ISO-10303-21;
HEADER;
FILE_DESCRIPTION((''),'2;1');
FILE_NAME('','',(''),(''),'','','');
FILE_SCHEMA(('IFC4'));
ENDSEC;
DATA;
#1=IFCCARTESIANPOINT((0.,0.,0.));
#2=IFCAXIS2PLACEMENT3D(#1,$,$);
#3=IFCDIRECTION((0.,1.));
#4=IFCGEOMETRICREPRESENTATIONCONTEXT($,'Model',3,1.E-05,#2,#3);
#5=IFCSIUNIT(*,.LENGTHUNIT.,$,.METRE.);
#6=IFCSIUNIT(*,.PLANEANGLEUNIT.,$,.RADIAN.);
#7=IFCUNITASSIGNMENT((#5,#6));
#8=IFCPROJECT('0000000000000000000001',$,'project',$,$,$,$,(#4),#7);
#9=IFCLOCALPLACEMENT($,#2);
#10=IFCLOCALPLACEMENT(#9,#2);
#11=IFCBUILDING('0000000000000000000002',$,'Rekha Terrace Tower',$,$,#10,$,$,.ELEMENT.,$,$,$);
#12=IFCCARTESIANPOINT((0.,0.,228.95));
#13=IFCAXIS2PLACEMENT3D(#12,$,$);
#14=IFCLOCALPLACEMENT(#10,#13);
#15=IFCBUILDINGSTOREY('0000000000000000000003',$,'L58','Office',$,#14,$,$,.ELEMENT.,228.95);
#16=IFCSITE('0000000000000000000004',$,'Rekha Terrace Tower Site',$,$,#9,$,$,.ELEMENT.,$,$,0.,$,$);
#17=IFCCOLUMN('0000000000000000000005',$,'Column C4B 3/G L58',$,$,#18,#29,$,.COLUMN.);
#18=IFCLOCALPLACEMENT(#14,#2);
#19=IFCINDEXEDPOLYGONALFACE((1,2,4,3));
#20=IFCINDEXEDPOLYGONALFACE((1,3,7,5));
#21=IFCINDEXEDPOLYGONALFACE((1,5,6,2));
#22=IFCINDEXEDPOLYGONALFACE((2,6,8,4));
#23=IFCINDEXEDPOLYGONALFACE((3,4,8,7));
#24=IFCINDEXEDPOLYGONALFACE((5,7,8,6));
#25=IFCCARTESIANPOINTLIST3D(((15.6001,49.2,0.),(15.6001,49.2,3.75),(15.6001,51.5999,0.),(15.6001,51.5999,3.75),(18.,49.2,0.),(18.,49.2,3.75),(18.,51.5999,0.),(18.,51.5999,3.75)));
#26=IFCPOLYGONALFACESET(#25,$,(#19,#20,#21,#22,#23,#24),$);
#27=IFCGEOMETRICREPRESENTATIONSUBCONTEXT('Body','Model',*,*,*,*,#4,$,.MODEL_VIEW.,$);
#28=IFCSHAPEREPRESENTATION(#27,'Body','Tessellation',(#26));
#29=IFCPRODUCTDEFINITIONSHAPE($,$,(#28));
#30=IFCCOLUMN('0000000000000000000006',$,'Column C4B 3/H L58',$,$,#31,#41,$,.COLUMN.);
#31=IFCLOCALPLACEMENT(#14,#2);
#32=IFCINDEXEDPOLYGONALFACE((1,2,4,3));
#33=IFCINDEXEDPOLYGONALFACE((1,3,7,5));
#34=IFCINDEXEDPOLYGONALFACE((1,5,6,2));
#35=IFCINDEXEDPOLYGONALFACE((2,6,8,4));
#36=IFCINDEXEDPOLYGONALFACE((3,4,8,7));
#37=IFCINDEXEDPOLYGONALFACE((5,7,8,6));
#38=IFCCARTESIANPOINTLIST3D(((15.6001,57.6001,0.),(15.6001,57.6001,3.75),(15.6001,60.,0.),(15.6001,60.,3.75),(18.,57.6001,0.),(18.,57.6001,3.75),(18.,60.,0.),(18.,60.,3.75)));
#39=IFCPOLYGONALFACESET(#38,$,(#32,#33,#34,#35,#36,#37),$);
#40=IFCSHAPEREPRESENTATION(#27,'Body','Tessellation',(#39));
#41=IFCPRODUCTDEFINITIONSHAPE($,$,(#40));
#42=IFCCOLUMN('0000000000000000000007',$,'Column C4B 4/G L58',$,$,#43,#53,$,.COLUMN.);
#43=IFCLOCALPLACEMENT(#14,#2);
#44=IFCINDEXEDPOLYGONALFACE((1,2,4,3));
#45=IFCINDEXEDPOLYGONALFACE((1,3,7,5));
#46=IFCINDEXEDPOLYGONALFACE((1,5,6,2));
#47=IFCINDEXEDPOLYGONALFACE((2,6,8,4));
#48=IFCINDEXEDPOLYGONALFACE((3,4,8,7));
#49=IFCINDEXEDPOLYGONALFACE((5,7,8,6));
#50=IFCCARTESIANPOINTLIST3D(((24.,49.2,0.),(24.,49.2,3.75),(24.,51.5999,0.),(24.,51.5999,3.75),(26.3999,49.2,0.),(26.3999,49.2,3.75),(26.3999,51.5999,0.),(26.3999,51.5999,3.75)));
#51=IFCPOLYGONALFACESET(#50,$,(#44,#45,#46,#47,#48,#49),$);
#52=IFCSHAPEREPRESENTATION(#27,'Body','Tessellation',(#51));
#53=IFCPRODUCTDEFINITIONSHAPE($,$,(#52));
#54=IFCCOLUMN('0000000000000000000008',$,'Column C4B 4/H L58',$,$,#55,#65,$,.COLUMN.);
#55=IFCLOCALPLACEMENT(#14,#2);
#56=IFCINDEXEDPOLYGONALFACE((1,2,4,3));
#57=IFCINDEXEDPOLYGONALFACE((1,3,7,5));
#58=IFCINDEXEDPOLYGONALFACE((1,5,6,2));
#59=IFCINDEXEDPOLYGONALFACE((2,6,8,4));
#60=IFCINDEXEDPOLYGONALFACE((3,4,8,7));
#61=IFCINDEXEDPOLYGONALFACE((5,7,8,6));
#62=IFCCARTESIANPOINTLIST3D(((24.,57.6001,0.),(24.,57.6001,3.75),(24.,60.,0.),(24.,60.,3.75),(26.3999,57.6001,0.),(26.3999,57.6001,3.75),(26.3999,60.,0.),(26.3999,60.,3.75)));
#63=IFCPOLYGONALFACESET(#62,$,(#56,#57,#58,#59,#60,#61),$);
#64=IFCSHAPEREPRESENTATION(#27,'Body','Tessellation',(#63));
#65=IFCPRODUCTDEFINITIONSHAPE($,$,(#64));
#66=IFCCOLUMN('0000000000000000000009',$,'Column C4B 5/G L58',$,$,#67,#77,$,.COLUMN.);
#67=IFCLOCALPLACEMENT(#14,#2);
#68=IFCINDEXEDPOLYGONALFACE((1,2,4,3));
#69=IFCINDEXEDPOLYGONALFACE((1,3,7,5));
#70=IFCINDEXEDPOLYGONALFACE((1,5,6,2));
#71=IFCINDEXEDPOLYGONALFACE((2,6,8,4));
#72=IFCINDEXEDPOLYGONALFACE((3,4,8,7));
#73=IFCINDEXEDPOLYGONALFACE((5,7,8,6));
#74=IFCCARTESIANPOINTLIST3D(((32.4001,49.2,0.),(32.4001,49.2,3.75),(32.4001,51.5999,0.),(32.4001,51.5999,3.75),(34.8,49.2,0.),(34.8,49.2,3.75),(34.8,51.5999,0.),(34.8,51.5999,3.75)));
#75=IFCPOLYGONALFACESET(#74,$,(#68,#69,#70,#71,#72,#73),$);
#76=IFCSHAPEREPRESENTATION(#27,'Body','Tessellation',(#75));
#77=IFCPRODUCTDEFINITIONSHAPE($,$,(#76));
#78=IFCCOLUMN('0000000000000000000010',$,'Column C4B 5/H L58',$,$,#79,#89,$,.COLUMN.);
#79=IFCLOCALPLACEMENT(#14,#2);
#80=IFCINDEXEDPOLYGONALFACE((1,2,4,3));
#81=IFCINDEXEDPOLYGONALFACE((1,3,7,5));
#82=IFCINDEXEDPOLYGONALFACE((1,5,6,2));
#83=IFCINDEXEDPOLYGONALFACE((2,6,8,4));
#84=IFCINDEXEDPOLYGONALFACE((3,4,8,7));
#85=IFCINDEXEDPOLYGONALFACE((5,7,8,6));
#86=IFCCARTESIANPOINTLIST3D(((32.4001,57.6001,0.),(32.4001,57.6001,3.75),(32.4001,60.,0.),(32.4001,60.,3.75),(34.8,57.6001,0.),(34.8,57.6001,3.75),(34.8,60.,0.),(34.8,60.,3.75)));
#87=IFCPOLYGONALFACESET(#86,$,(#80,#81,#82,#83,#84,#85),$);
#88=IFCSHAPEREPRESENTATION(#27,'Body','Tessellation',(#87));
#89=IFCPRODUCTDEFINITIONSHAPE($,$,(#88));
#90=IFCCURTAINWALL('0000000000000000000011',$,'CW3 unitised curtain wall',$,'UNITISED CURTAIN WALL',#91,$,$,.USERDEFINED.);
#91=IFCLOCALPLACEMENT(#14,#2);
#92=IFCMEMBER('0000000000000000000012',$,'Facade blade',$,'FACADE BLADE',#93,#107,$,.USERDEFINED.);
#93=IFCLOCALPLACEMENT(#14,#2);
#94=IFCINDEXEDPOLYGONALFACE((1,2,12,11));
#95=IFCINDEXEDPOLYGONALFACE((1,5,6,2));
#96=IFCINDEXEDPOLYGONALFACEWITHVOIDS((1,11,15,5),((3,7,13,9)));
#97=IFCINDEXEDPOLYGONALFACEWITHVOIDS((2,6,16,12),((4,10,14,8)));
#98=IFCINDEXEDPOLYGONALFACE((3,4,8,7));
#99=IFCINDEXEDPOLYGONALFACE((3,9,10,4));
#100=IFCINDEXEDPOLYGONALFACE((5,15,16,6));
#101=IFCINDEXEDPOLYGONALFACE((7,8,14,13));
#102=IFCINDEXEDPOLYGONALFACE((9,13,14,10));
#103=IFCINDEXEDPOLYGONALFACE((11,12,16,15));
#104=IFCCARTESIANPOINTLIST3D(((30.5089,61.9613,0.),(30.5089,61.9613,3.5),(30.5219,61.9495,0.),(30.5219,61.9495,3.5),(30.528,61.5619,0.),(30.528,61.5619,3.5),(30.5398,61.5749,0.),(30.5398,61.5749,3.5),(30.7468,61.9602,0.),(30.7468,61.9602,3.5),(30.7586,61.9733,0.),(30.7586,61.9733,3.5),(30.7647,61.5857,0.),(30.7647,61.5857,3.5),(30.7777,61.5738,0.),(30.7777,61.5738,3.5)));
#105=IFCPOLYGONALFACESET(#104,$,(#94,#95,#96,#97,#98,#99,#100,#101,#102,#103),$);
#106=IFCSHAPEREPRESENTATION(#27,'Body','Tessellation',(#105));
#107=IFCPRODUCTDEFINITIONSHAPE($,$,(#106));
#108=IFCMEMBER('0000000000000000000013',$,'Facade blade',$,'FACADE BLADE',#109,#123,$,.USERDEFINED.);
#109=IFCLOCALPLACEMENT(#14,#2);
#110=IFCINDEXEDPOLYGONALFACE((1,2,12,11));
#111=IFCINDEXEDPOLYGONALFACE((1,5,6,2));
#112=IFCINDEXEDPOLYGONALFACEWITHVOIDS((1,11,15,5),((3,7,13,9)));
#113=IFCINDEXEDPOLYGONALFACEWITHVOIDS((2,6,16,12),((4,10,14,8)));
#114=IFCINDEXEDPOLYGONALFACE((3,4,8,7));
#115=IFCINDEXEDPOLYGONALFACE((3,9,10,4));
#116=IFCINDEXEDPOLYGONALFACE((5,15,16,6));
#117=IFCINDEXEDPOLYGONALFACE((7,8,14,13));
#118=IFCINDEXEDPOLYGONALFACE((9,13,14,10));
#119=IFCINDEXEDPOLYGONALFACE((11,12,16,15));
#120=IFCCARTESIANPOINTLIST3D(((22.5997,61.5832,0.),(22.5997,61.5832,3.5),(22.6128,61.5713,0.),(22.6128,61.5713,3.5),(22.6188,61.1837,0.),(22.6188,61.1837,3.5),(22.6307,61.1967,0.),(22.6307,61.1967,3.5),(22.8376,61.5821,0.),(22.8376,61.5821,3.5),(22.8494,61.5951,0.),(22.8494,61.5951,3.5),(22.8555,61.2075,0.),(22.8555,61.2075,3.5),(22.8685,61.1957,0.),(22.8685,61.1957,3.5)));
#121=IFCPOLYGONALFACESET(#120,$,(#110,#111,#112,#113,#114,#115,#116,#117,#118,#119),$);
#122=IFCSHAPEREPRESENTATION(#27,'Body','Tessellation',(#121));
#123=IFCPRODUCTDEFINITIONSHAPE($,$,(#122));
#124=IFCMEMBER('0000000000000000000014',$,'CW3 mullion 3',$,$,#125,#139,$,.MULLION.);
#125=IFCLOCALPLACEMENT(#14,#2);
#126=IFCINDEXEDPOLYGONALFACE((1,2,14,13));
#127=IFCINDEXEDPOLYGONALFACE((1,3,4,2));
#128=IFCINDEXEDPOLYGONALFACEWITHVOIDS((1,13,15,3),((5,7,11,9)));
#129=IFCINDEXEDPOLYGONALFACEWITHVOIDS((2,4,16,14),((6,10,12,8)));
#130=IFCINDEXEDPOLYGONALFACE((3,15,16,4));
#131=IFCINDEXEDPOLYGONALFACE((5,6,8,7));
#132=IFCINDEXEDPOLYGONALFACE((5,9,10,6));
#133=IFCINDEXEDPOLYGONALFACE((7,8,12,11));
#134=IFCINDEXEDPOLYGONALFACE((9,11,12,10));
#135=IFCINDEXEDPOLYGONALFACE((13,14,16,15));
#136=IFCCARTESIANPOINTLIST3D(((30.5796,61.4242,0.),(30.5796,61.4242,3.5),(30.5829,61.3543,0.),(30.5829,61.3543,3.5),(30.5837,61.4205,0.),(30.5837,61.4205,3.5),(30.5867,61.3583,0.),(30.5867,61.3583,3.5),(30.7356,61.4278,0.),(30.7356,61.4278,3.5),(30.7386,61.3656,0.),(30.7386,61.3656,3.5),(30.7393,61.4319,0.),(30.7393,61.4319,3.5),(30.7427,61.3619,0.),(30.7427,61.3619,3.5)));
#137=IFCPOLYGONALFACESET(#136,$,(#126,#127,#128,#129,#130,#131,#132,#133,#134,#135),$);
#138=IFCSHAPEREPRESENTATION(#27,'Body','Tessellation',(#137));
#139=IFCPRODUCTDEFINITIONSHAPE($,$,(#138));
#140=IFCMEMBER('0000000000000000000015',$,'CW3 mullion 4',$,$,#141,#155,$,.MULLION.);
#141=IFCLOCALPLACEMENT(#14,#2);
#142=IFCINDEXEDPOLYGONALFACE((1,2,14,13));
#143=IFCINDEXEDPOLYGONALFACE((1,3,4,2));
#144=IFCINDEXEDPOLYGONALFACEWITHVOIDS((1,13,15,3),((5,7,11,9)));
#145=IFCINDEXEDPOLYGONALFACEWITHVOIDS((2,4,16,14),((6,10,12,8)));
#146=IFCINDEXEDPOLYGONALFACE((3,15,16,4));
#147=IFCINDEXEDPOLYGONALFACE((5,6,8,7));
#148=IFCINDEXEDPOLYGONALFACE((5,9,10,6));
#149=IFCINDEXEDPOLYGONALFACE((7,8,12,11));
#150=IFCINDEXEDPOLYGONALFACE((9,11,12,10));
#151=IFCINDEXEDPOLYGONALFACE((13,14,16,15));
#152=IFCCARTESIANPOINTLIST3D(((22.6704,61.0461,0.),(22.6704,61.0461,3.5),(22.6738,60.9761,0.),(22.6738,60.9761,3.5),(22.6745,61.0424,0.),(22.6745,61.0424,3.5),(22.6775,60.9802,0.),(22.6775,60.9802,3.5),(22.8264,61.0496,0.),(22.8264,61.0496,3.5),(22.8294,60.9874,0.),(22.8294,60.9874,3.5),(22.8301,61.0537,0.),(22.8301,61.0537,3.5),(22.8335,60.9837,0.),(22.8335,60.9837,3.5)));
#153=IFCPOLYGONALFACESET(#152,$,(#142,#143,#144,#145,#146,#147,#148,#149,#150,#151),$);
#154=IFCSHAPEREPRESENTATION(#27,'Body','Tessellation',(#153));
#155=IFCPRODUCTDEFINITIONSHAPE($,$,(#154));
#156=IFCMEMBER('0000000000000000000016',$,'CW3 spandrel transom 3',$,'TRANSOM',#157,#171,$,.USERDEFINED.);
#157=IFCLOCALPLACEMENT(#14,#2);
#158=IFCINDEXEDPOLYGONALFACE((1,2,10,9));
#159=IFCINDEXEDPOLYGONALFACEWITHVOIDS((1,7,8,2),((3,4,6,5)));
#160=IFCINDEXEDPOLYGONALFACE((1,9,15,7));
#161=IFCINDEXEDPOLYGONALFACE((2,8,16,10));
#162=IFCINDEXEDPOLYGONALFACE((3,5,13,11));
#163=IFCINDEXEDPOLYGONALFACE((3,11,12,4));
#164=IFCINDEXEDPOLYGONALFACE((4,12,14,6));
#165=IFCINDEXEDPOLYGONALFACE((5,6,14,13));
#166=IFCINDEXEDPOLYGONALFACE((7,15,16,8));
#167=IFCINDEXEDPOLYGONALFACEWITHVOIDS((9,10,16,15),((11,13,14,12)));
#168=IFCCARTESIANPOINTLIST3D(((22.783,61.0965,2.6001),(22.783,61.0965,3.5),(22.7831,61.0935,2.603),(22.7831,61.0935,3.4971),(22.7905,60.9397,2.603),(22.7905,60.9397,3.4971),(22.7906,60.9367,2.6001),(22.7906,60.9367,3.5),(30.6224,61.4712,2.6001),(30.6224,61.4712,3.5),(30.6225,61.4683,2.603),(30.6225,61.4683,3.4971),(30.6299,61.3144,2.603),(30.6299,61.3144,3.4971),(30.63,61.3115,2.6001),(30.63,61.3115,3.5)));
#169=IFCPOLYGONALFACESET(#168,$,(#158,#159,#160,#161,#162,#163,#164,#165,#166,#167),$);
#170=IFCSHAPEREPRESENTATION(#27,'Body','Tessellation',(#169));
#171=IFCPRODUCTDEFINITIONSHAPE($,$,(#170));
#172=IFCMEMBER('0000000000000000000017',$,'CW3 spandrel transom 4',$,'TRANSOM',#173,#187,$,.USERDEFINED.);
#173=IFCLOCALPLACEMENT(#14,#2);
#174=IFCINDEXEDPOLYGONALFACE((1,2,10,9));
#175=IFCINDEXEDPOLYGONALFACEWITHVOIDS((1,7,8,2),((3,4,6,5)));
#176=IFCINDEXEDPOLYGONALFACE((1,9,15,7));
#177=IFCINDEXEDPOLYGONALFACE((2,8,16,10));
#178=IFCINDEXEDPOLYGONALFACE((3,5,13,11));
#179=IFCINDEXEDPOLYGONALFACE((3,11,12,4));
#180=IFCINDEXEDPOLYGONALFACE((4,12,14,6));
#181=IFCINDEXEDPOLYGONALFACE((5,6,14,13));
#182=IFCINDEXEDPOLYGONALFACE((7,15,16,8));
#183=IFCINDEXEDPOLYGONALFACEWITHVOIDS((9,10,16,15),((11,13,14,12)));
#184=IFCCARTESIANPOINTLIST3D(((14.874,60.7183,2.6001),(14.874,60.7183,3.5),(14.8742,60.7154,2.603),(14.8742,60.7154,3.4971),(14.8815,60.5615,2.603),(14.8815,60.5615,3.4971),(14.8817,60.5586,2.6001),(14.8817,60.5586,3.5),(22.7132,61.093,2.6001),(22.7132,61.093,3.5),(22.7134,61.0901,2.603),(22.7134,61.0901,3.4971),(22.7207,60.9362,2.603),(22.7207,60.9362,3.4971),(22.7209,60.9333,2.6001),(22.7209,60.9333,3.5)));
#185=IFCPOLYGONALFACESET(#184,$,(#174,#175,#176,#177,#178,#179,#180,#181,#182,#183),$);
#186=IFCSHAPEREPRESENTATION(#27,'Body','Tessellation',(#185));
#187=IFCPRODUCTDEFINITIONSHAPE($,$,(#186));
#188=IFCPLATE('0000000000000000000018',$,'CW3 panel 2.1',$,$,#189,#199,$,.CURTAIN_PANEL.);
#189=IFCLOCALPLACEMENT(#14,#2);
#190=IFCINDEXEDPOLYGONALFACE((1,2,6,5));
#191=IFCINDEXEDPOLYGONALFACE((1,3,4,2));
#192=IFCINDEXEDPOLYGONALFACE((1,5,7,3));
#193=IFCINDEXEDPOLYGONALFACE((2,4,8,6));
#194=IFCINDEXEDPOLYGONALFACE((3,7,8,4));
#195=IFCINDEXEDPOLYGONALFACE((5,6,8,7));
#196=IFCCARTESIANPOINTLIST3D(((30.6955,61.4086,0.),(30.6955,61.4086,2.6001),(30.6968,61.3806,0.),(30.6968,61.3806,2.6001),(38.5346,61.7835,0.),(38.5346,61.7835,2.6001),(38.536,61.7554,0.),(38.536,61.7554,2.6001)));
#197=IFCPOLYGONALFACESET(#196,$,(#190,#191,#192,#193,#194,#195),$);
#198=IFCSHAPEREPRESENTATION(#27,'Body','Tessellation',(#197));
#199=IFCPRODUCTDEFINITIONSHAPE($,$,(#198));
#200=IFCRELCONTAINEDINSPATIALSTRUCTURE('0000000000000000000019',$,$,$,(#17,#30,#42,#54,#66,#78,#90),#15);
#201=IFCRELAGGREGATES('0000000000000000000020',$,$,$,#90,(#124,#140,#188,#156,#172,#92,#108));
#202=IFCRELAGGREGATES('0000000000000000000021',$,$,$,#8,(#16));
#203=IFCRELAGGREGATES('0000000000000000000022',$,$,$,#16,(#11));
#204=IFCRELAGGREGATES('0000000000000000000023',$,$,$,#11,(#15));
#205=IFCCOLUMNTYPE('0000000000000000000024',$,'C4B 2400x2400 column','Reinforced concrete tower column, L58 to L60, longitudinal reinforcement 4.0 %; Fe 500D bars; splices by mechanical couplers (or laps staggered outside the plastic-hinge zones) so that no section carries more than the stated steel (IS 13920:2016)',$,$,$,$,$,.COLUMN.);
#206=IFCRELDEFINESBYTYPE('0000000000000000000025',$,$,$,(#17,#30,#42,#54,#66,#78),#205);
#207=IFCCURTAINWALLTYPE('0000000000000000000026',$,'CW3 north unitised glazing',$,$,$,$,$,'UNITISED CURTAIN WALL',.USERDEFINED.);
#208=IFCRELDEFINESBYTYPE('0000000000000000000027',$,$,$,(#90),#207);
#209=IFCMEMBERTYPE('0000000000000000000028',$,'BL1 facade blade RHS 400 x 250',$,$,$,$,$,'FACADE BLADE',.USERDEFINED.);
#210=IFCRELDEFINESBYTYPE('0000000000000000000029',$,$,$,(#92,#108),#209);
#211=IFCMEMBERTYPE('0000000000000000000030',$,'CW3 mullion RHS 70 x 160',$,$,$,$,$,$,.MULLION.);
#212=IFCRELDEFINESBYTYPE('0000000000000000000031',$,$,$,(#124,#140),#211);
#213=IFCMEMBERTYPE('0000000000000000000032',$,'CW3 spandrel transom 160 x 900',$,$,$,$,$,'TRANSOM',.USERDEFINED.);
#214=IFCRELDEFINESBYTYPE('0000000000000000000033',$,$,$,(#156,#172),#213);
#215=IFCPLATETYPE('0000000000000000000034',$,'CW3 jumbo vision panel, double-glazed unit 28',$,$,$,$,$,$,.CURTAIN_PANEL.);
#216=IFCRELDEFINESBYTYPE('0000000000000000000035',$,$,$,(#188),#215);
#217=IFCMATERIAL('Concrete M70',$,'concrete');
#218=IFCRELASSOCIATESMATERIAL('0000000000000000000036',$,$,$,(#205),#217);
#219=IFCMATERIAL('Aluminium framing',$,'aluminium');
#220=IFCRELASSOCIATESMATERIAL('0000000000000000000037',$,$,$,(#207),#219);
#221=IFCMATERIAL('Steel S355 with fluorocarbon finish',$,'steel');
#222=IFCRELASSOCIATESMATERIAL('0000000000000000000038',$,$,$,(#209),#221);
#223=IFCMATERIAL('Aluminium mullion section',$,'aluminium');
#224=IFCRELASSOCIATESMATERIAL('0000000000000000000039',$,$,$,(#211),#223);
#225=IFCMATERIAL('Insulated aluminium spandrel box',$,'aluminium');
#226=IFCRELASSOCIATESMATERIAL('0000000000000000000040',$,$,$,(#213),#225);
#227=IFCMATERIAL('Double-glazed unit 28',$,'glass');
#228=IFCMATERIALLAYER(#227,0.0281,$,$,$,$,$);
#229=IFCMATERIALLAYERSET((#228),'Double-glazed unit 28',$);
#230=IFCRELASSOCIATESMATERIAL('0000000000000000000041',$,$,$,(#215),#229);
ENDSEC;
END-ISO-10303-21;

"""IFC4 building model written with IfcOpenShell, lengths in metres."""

from ifc_helpers import new_model, si_unit, direction, frame, origin, origin_2d, place, context, subcontext, project, spatial, rectangle, hollow_rectangle, extrude, material, layer, layer_set, material_profile, profile_set, type_object, element, aggregate, save


model = new_model("IFC4")

# Units and contexts
model_context = context("Model", 3, precision=1e-05, world=origin(), true_north=direction((0.0, 1.0)))
body_context = subcontext(model_context, "Body", "Model", "MODEL_VIEW")
ifc_project = project(units=[si_unit("LENGTHUNIT", "METRE"), si_unit("PLANEANGLEUNIT", "RADIAN")], contexts=[model_context])

# Site, building, storey
site_placement = place(None, origin())
site = spatial("IfcSite", under=ifc_project, at=site_placement, Name="Rekha Terrace Tower Site", CompositionType="ELEMENT", RefElevation=0.0)
building_placement = place(site_placement, origin())
building = spatial("IfcBuilding", under=site, at=building_placement, Name="Rekha Terrace Tower", CompositionType="ELEMENT")
storey_placement = place(building_placement, frame((0.0, 0.0, 228.95)))
storey = spatial("IfcBuildingStorey", under=building, at=storey_placement, Name="L58", Description="Office", CompositionType="ELEMENT", Elevation=228.95)

# Columns
ifc_material_1 = material(Name="Concrete M70", Category="concrete")
ifc_material_profile_1 = material_profile(ifc_material_1, rectangle(XDim=2.3999, YDim=2.3999, at=origin_2d()), Name="RC 2400x2400")
ifc_profile_set_1 = profile_set([ifc_material_profile_1], Name="Concrete M70")
column_type = type_object("IfcColumnType", Name="C4B 2400x2400 column", Description="Reinforced concrete tower column, L58 to L60, longitudinal reinforcement 4.0 %; Fe 500D bars; splices by mechanical couplers (or laps staggered outside the plastic-hinge zones) so that no section carries more than the stated steel (IS 13920:2016)", PredefinedType="COLUMN", material=ifc_profile_set_1)
for number, where, z_axis, x_axis, name in (
    (1, (16.8, 50.3999, 0.0), (0.0, 0.0, 1.0), (1.0, 0.0, 0.0), "Column C4B 3/G L58"),
    (2, (16.8, 58.8, 0.0), (0.0, 0.0, 1.0), (1.0, 0.0, 0.0), "Column C4B 3/H L58"),
    (3, (25.2, 50.3999, 0.0), (0.0, 0.0, 1.0), (1.0, 0.0, 0.0), "Column C4B 4/G L58"),
    (4, (25.2, 58.8, 0.0), (0.0, 0.0, 1.0), (1.0, 0.0, 0.0), "Column C4B 4/H L58"),
    (5, (33.6001, 50.3999, 0.0), (0.0, 0.0, 1.0), (1.0, 0.0, 0.0), "Column C4B 5/G L58"),
    (6, (33.6001, 58.8, 0.0), (0.0, 0.0, 1.0), (1.0, 0.0, 0.0), "Column C4B 5/H L58"),
):
    element("IfcColumn", number, at=place(storey_placement, frame(where, z_axis=z_axis, x_axis=x_axis)), inside=storey, type_object=column_type, Name=name, PredefinedType="COLUMN", context=body_context, shape_type="SweptSolid", body=[
        extrude(rectangle(XDim=2.3999, YDim=2.3999, at=origin_2d()), origin(), (0.0, 0.0, 1.0), 3.75),
    ])

# Curtain wall, members, plate
ifc_material_2 = material(Name="Aluminium framing", Category="aluminium")
curtain_wall_type = type_object("IfcCurtainWallType", Name="CW3 north unitised glazing", ElementType="UNITISED CURTAIN WALL", PredefinedType="USERDEFINED", material=ifc_material_2)
curtain_wall_placement = place(storey_placement, origin())
curtain_wall = element("IfcCurtainWall", 7, at=curtain_wall_placement, inside=storey, type_object=curtain_wall_type, Name="CW3 unitised curtain wall", ObjectType="UNITISED CURTAIN WALL", PredefinedType="USERDEFINED")
ifc_material_3 = material(Name="Steel S355 with fluorocarbon finish", Category="steel")
ifc_material_profile_2 = material_profile(ifc_material_3, hollow_rectangle(XDim=0.25, YDim=0.3999, WallThickness=0.0125, at=origin_2d()), Name="RHS400x250x12.5")
ifc_profile_set_2 = profile_set([ifc_material_profile_2], Name="Steel S355 with fluorocarbon finish")
member_type_1 = type_object("IfcMemberType", Name="BL1 facade blade RHS 400 x 250", ElementType="FACADE BLADE", PredefinedType="USERDEFINED", material=ifc_profile_set_2)
member_1_placement = place(storey_placement, frame((30.6433, 61.7676, 0.0), z_axis=(0.0, 0.0, 1.0), x_axis=(-0.998859, -0.047758, 0.0)))
member_1 = element("IfcMember", 8, at=member_1_placement, type_object=member_type_1, Name="Facade blade", ObjectType="FACADE BLADE", PredefinedType="USERDEFINED", context=body_context, shape_type="SweptSolid", body=[
    extrude(hollow_rectangle(XDim=0.25, YDim=0.3999, WallThickness=0.0125, at=origin_2d()), origin(), (0.0, 0.0, 1.0), 3.5),
])
member_2_placement = place(storey_placement, frame((22.7341, 61.3894, 0.0), z_axis=(0.0, 0.0, 1.0), x_axis=(-0.998859, -0.047758, 0.0)))
member_2 = element("IfcMember", 9, at=member_2_placement, type_object=member_type_1, Name="Facade blade", ObjectType="FACADE BLADE", PredefinedType="USERDEFINED", context=body_context, shape_type="SweptSolid", body=[
    extrude(hollow_rectangle(XDim=0.25, YDim=0.3999, WallThickness=0.0125, at=origin_2d()), origin(), (0.0, 0.0, 1.0), 3.5),
])
ifc_material_4 = material(Name="Aluminium mullion section", Category="aluminium")
ifc_material_profile_3 = material_profile(ifc_material_4, hollow_rectangle(XDim=0.0701, YDim=0.1599, WallThickness=0.0039, at=origin_2d()), Name="AL RHS 70x160")
ifc_profile_set_3 = profile_set([ifc_material_profile_3], Name="Aluminium mullion section")
member_type_2 = type_object("IfcMemberType", Name="CW3 mullion RHS 70 x 160", PredefinedType="MULLION", material=ifc_profile_set_3)
member_3_placement = place(storey_placement, frame((30.6611, 61.3931, 0.0), z_axis=(0.0, 0.0, 1.0), x_axis=(0.047759, -0.998859, 0.0)))
member_3 = element("IfcMember", 10, at=member_3_placement, type_object=member_type_2, Name="CW3 mullion 3", PredefinedType="MULLION", context=body_context, shape_type="SweptSolid", body=[
    extrude(hollow_rectangle(XDim=0.0701, YDim=0.1599, WallThickness=0.0039, at=origin_2d()), origin(), (0.0, 0.0, 1.0), 3.5),
])
member_4_placement = place(storey_placement, frame((22.752, 61.0149, 0.0), z_axis=(0.0, 0.0, 1.0), x_axis=(0.047759, -0.998859, 0.0)))
member_4 = element("IfcMember", 11, at=member_4_placement, type_object=member_type_2, Name="CW3 mullion 4", PredefinedType="MULLION", context=body_context, shape_type="SweptSolid", body=[
    extrude(hollow_rectangle(XDim=0.0701, YDim=0.1599, WallThickness=0.0039, at=origin_2d()), origin(), (0.0, 0.0, 1.0), 3.5),
])
ifc_material_5 = material(Name="Insulated aluminium spandrel box", Category="aluminium")
ifc_material_profile_4 = material_profile(ifc_material_5, hollow_rectangle(XDim=0.1599, YDim=0.8999, WallThickness=0.0029, at=origin_2d()), Name="AL SPANDREL BOX 160x900")
ifc_profile_set_4 = profile_set([ifc_material_profile_4], Name="Insulated aluminium spandrel box")
member_type_3 = type_object("IfcMemberType", Name="CW3 spandrel transom 160 x 900", ElementType="TRANSOM", PredefinedType="USERDEFINED", material=ifc_profile_set_4)
member_5_placement = place(storey_placement, frame((30.6262, 61.3914, 3.05), z_axis=(-0.998859, -0.04775, 0.0), x_axis=(0.04775, -0.998859, 0.0)))
member_5 = element("IfcMember", 12, at=member_5_placement, type_object=member_type_3, Name="CW3 spandrel transom 3", ObjectType="TRANSOM", PredefinedType="USERDEFINED", context=body_context, shape_type="SweptSolid", body=[
    extrude(hollow_rectangle(XDim=0.1599, YDim=0.8999, WallThickness=0.0029, at=origin_2d()), origin(), (0.0, 0.0, 1.0), 7.8484),
])
member_6_placement = place(storey_placement, frame((22.717, 61.0132, 3.05), z_axis=(-0.998859, -0.047751, 0.0), x_axis=(0.047751, -0.998859, 0.0)))
member_6 = element("IfcMember", 13, at=member_6_placement, type_object=member_type_3, Name="CW3 spandrel transom 4", ObjectType="TRANSOM", PredefinedType="USERDEFINED", context=body_context, shape_type="SweptSolid", body=[
    extrude(hollow_rectangle(XDim=0.1599, YDim=0.8999, WallThickness=0.0029, at=origin_2d()), origin(), (0.0, 0.0, 1.0), 7.8481),
])
ifc_material_6 = material(Name="Double-glazed unit 28", Category="glass")
ifc_layer_1 = layer(ifc_material_6, 0.0281)
ifc_layer_set_1 = layer_set([ifc_layer_1], Name="Double-glazed unit 28")
plate_type = type_object("IfcPlateType", Name="CW3 jumbo vision panel, double-glazed unit 28", PredefinedType="CURTAIN_PANEL", material=ifc_layer_set_1)
plate_1_placement = place(storey_placement, frame((34.6157, 61.582, 0.0), z_axis=(0.0, 0.0, 1.0), x_axis=(-0.998859, -0.047759, 0.0)))
plate_1 = element("IfcPlate", 14, at=plate_1_placement, type_object=plate_type, Name="CW3 panel 2.1", PredefinedType="CURTAIN_PANEL", context=body_context, shape_type="SweptSolid", body=[
    extrude(rectangle(XDim=7.8481, YDim=0.0281, at=origin_2d()), origin(), (0.0, 0.0, 1.0), 2.6001),
])
aggregate(curtain_wall, [member_3, member_4, plate_1, member_5, member_6, member_1, member_2])

save(model, "model.ifc")
